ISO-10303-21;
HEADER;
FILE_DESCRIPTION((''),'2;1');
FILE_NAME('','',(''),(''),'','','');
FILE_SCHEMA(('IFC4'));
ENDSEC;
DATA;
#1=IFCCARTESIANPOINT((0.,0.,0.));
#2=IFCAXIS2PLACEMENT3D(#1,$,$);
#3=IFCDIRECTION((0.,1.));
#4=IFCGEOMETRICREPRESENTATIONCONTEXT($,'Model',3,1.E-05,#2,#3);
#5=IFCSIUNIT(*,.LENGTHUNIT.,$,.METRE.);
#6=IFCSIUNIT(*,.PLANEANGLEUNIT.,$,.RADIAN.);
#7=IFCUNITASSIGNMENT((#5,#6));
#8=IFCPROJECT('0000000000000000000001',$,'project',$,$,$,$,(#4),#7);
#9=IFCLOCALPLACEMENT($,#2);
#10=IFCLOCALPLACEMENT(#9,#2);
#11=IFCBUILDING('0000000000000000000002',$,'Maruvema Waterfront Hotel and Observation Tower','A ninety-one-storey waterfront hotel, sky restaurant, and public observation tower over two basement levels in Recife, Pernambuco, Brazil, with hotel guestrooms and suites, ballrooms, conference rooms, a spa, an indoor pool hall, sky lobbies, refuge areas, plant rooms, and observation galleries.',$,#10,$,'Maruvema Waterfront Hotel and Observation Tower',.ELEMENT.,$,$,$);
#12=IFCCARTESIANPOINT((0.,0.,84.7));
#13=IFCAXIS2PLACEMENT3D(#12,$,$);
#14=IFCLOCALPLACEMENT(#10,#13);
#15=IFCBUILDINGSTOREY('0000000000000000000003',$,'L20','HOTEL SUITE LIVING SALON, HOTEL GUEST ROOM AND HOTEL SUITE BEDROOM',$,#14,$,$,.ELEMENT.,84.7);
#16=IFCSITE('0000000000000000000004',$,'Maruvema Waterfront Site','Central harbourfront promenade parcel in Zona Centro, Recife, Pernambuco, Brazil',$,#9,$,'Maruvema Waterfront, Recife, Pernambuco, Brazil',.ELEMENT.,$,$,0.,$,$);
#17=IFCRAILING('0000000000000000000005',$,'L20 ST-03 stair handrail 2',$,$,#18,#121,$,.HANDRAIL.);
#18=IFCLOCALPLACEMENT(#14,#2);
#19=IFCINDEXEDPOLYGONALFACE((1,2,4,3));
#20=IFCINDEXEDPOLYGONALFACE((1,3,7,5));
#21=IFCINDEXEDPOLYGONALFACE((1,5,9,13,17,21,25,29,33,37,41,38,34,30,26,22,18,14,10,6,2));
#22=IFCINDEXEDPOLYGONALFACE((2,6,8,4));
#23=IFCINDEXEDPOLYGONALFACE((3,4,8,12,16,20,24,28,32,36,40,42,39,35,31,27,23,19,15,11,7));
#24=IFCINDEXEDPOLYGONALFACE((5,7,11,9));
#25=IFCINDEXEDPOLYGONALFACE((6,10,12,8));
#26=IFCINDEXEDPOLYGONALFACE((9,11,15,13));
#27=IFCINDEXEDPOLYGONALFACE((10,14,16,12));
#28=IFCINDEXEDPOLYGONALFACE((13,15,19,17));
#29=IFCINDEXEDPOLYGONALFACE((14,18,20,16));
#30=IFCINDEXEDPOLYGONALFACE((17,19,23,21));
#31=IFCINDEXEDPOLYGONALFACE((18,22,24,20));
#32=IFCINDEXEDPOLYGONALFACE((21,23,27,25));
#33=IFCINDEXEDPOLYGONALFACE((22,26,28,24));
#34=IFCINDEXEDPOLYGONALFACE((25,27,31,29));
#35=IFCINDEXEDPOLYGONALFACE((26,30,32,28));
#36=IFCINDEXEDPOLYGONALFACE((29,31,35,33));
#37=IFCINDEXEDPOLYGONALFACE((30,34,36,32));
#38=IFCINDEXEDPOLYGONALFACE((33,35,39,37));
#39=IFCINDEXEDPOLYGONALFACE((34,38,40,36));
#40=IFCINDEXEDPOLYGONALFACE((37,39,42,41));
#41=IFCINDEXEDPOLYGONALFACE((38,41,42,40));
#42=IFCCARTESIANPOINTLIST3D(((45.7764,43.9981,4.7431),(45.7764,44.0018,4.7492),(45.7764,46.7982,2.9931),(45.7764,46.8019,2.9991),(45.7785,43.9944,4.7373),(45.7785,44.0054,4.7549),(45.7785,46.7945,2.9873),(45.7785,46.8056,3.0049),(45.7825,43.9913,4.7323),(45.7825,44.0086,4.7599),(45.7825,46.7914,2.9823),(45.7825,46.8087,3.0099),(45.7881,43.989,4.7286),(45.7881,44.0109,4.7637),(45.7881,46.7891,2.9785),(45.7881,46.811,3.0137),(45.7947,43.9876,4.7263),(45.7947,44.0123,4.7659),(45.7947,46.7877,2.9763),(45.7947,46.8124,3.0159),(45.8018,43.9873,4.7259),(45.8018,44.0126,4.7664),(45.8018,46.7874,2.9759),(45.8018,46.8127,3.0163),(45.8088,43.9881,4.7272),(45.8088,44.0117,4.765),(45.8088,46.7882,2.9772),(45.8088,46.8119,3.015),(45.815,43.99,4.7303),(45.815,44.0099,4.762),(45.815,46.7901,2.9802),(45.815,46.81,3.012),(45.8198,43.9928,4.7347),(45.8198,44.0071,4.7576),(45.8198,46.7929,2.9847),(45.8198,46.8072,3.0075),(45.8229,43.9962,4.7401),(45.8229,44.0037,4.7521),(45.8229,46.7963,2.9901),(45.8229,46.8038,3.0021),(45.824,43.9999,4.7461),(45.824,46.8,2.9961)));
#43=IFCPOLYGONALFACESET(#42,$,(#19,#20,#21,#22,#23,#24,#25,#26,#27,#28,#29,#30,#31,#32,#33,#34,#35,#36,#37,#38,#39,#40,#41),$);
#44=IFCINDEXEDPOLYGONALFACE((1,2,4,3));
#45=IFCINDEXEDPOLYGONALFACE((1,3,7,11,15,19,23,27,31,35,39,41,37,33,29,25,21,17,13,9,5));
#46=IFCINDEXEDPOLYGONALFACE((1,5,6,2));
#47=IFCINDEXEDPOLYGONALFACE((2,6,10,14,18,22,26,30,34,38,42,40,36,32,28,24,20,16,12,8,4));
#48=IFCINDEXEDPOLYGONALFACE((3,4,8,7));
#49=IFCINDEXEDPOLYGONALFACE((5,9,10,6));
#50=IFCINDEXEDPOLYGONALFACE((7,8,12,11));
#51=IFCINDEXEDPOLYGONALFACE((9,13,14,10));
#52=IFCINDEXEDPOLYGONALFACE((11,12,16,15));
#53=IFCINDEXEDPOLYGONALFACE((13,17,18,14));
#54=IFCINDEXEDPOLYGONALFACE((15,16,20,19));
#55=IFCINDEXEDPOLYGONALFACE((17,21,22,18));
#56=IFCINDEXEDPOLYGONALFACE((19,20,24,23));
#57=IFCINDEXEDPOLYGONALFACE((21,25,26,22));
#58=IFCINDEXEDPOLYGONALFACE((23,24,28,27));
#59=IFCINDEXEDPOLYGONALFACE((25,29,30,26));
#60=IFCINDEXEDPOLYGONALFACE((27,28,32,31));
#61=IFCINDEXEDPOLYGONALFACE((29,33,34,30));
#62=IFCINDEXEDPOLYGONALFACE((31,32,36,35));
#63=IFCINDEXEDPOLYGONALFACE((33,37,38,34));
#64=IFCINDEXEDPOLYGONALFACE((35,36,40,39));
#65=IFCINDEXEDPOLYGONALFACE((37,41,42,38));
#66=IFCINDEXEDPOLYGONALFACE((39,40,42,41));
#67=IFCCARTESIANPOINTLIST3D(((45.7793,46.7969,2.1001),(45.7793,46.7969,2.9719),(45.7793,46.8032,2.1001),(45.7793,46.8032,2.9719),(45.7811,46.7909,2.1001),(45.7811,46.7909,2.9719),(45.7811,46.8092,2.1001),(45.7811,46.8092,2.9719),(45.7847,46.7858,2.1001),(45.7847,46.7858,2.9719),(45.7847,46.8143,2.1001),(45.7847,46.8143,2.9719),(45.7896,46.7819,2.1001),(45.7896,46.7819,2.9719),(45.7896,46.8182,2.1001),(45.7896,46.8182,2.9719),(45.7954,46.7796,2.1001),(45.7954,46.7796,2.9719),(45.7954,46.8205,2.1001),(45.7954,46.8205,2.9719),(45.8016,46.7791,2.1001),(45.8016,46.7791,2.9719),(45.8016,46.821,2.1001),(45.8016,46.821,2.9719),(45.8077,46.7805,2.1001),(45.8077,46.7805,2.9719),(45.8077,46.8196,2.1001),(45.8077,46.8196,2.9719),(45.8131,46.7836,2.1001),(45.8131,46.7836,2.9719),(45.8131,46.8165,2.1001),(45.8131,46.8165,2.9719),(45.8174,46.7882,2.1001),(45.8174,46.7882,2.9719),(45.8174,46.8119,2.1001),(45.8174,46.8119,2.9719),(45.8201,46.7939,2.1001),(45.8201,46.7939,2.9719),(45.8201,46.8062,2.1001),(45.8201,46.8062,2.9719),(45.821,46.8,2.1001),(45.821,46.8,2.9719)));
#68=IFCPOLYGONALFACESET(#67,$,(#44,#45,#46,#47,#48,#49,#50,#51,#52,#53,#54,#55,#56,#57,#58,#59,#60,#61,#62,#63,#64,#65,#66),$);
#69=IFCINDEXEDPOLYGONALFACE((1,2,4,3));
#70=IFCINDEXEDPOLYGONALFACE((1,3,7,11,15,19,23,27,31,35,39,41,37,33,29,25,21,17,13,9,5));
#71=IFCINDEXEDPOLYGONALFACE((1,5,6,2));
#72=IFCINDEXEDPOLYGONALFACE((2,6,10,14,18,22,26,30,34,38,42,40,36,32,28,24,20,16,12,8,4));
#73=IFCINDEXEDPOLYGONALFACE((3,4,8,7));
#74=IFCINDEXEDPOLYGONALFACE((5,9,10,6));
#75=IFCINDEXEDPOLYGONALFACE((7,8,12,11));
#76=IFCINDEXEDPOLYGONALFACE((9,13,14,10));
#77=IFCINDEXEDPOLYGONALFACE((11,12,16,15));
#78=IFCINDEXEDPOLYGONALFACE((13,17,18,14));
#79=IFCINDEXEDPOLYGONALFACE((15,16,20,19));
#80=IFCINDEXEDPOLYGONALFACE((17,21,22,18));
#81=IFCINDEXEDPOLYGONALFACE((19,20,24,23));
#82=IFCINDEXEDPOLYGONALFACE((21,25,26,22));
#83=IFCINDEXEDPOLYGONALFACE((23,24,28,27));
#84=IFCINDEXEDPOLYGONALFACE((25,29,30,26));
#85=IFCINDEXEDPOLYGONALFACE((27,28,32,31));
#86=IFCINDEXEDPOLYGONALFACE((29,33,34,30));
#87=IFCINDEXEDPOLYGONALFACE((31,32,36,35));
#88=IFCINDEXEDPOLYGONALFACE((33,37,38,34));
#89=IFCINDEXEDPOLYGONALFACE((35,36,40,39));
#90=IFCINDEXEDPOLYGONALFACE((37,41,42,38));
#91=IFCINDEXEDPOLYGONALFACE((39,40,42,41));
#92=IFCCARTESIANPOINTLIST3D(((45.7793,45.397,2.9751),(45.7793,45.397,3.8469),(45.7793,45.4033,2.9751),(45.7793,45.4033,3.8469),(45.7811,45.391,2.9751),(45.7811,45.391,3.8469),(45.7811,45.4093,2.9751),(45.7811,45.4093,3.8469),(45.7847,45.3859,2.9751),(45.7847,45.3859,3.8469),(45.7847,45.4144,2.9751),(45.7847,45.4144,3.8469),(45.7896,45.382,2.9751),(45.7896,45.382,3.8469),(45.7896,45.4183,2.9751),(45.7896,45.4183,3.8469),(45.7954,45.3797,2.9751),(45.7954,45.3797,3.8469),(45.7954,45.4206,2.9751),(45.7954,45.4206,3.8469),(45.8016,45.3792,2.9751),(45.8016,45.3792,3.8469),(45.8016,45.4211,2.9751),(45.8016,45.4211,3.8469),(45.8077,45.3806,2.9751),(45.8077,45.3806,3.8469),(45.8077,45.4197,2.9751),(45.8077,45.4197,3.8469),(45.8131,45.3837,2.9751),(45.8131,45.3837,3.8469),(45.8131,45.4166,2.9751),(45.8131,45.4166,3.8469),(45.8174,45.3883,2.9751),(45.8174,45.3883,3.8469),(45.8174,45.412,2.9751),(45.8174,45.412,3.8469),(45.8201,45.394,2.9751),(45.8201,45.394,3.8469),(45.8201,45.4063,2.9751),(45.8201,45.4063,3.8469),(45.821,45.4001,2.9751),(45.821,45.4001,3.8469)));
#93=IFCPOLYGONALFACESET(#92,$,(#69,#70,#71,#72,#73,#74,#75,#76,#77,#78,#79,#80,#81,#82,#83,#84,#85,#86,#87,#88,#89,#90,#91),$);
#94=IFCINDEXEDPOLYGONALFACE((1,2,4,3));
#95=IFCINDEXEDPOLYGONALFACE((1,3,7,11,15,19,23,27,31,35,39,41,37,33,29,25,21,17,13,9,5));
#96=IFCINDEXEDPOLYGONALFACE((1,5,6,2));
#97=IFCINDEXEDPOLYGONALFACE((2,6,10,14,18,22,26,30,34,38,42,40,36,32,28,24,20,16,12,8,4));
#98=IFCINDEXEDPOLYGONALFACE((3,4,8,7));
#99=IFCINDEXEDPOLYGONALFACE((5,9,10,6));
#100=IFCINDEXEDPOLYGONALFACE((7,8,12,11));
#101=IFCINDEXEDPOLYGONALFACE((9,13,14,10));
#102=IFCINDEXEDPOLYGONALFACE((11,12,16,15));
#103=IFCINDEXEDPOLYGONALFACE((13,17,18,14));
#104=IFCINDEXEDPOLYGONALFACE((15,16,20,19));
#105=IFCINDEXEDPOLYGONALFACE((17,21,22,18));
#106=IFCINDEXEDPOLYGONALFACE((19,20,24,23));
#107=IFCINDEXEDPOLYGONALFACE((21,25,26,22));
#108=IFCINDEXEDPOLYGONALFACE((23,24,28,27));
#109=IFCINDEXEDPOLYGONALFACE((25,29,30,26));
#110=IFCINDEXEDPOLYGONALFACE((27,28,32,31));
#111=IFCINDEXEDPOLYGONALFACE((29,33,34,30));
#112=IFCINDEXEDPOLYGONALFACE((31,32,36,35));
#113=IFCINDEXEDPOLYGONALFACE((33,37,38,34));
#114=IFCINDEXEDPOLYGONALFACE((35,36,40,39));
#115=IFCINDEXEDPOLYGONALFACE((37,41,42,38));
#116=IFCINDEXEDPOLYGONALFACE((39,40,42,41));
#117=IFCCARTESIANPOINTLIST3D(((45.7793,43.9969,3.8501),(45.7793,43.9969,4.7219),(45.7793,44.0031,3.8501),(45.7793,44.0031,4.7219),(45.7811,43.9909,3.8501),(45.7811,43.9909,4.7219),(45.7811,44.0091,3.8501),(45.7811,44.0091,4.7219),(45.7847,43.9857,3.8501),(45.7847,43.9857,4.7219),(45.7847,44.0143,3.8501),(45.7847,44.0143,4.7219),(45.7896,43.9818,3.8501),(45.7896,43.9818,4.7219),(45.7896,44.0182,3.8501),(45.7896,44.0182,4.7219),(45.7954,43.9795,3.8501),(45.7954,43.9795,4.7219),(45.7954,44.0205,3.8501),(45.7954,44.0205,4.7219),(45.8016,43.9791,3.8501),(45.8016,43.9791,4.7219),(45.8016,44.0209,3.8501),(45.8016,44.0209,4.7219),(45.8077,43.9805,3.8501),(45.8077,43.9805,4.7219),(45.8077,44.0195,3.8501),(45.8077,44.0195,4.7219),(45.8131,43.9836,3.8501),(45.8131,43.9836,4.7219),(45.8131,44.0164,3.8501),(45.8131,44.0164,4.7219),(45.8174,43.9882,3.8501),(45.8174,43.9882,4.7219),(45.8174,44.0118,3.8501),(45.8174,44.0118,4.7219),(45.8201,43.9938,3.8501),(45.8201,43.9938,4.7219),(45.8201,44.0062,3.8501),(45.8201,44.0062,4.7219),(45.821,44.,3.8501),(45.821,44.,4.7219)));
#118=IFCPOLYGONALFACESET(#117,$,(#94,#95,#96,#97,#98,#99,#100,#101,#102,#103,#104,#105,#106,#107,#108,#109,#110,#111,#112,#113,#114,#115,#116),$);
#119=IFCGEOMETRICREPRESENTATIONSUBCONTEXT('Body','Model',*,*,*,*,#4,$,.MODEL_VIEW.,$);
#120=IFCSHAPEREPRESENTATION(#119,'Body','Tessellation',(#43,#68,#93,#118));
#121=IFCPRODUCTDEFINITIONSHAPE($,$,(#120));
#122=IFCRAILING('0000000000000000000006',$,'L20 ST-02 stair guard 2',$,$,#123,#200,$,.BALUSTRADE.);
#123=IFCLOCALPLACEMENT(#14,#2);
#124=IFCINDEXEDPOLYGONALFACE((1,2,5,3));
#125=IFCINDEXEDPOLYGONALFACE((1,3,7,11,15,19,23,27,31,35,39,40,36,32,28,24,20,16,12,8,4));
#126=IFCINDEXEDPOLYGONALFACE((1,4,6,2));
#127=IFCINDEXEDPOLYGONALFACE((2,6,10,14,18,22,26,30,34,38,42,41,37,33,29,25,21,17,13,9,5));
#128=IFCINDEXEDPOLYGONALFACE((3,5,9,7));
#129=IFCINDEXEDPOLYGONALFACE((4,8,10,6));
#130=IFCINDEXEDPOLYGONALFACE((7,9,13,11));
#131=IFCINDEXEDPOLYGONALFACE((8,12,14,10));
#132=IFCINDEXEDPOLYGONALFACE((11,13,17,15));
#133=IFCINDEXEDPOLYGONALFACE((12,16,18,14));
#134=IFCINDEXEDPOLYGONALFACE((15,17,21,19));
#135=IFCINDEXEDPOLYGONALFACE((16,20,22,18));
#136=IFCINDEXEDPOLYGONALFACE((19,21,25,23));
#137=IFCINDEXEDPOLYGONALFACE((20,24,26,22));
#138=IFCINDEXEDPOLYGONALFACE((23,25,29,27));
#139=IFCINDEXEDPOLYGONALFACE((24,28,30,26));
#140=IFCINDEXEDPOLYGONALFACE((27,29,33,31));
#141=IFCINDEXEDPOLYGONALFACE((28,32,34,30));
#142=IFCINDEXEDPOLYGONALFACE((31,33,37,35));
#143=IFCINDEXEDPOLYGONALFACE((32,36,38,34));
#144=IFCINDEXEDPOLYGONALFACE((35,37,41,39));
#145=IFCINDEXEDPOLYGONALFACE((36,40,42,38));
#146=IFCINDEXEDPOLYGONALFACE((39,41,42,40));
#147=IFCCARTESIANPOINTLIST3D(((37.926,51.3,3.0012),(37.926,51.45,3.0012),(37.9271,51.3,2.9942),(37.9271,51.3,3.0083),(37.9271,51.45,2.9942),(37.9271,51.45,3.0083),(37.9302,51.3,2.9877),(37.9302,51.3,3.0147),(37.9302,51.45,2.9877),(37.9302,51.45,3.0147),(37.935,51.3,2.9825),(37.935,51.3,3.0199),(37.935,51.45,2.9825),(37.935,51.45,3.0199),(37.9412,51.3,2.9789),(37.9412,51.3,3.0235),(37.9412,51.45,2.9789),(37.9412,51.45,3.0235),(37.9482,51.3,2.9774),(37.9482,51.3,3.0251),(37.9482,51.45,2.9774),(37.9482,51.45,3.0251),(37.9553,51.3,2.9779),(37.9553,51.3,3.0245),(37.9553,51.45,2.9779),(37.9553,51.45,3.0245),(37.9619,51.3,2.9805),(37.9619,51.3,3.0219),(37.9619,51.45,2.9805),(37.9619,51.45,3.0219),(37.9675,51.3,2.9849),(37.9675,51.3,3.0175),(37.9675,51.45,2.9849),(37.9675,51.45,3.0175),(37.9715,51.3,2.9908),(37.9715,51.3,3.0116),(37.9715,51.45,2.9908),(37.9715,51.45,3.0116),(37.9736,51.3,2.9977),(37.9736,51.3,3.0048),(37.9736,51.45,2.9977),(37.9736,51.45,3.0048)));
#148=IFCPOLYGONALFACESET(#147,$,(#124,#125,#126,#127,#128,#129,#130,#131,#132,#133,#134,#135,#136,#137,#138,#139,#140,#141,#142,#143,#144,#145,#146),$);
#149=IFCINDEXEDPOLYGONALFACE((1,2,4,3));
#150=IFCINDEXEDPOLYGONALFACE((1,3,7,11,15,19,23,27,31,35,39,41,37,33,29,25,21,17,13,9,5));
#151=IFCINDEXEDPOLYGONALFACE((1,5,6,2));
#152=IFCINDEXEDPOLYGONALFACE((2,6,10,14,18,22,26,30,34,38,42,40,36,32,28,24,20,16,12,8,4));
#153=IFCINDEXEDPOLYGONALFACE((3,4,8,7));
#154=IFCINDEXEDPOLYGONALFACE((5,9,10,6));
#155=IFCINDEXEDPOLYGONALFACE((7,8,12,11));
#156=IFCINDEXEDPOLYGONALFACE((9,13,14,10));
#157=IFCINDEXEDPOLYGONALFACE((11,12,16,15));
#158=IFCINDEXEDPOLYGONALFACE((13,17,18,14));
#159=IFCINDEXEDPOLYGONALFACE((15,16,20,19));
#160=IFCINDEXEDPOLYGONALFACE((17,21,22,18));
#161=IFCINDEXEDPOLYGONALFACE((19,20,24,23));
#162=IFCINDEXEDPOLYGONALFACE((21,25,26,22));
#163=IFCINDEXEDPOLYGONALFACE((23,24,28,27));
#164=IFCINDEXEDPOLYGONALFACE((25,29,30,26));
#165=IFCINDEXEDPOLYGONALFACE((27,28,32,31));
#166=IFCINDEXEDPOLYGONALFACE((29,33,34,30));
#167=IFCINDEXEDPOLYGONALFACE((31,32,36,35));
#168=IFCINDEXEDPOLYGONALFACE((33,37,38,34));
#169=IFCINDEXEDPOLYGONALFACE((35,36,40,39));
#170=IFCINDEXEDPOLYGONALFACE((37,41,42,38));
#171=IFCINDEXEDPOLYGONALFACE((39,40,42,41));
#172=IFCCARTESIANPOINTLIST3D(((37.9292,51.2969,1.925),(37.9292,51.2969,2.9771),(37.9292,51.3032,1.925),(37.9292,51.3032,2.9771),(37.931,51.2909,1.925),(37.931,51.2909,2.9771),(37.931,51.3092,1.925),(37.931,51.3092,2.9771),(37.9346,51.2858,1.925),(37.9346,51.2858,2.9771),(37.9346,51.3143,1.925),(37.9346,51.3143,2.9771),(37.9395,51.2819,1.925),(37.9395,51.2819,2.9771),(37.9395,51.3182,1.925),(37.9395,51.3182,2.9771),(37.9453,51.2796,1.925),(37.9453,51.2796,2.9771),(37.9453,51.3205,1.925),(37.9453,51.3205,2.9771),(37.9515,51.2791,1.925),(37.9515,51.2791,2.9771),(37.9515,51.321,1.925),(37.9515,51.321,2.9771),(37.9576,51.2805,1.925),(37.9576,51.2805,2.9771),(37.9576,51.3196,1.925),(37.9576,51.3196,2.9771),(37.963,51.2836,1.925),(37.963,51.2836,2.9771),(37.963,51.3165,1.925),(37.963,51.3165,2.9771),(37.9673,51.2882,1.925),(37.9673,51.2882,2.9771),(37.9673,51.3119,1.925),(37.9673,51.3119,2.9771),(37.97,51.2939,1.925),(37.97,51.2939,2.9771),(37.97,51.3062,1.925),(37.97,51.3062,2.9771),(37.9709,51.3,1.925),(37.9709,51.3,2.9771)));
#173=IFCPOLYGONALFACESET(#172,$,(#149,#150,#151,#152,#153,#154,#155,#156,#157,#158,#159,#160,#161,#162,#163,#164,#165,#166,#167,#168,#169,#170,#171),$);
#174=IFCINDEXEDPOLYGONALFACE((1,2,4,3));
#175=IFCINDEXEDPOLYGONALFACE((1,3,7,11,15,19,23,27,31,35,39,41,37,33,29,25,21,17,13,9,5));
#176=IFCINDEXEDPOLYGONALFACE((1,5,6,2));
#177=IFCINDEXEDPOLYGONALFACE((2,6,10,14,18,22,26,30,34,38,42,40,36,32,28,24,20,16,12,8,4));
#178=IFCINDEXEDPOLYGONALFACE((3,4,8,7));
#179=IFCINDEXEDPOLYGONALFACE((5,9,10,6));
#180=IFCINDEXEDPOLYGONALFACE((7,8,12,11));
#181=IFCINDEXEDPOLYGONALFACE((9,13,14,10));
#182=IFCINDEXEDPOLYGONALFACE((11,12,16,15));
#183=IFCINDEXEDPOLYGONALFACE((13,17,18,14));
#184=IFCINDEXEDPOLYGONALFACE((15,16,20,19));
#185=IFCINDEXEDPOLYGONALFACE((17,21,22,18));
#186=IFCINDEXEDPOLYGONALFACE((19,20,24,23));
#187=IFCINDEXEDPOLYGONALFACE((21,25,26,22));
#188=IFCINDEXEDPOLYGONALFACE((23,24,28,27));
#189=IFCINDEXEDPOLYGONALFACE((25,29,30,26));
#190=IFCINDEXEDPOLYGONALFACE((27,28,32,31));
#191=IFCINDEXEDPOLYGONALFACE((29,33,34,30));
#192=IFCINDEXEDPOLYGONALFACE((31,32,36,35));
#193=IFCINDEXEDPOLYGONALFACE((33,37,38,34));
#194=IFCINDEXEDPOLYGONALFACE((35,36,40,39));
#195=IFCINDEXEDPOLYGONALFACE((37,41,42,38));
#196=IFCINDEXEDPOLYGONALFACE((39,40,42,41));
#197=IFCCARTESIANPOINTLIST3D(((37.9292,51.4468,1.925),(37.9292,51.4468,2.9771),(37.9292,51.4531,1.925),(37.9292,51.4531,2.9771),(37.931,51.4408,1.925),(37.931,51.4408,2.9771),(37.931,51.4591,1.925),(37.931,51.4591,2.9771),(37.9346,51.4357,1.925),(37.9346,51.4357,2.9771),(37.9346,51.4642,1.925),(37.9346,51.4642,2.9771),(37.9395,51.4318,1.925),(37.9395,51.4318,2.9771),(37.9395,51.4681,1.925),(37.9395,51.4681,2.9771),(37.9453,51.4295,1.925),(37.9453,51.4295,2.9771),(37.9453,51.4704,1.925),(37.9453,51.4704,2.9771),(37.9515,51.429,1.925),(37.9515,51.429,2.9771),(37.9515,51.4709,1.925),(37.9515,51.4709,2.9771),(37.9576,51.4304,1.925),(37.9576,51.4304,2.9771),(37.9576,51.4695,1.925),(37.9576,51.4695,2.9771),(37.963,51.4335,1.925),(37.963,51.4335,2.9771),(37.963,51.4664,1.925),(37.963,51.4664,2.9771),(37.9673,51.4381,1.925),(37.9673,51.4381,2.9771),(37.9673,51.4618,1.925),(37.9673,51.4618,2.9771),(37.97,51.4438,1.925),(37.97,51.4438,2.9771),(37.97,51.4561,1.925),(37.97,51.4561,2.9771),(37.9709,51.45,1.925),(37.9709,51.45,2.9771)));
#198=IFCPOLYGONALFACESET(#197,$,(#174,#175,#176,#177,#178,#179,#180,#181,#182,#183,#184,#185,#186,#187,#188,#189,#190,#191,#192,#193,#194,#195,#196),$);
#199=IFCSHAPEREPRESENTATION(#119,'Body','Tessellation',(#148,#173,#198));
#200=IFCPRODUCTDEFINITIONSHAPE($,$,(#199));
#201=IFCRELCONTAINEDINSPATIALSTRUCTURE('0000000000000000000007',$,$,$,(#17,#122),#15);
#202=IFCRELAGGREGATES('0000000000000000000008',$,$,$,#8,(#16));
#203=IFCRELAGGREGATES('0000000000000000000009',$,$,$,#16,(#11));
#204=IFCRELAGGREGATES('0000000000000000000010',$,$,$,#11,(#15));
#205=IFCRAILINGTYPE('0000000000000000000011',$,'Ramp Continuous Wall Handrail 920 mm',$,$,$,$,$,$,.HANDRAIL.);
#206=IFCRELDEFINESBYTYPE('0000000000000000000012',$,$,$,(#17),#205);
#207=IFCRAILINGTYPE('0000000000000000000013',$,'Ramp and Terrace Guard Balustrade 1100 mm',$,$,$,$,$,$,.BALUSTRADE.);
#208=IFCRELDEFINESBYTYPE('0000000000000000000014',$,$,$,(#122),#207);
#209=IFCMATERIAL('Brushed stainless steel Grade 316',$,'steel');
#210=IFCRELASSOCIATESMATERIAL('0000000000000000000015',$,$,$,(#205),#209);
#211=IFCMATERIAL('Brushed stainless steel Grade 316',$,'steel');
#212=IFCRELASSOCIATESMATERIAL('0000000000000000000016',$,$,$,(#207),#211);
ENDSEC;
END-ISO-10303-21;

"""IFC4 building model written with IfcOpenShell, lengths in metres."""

from ifc_helpers import new_model, si_unit, direction, frame, origin, origin_2d, place, context, subcontext, project, spatial, circle, extrude, material, type_object, element, save


model = new_model("IFC4")

# Units and contexts
model_context = context("Model", 3, precision=1e-05, world=origin(), true_north=direction((0.0, 1.0)))
body_context = subcontext(model_context, "Body", "Model", "MODEL_VIEW")
ifc_project = project(units=[si_unit("LENGTHUNIT", "METRE"), si_unit("PLANEANGLEUNIT", "RADIAN")], contexts=[model_context])

# Site, building, storey
site_placement = place(None, origin())
site = spatial("IfcSite", under=ifc_project, at=site_placement, Name="Maruvema Waterfront Site", Description="Central harbourfront promenade parcel in Zona Centro, Recife, Pernambuco, Brazil", LongName="Maruvema Waterfront, Recife, Pernambuco, Brazil", CompositionType="ELEMENT", RefElevation=0.0)
building_placement = place(site_placement, origin())
building = spatial("IfcBuilding", under=site, at=building_placement, Name="Maruvema Waterfront Hotel and Observation Tower", Description="A ninety-one-storey waterfront hotel, sky restaurant, and public observation tower over two basement levels in Recife, Pernambuco, Brazil, with hotel guestrooms and suites, ballrooms, conference rooms, a spa, an indoor pool hall, sky lobbies, refuge areas, plant rooms, and observation galleries.", LongName="Maruvema Waterfront Hotel and Observation Tower", CompositionType="ELEMENT")
storey_placement = place(building_placement, frame((0.0, 0.0, 84.7)))
storey = spatial("IfcBuildingStorey", under=building, at=storey_placement, Name="L20", Description="HOTEL SUITE LIVING SALON, HOTEL GUEST ROOM AND HOTEL SUITE BEDROOM", CompositionType="ELEMENT", Elevation=84.7)

# Railings
ifc_material_1 = material(Name="Brushed stainless steel Grade 316", Category="steel")
railing_type_1 = type_object("IfcRailingType", Name="Ramp Continuous Wall Handrail 920 mm", PredefinedType="HANDRAIL", material=ifc_material_1)
railing_1_placement = place(storey_placement, frame((45.8, 46.8, 2.1001)))
element("IfcRailing", 1, at=railing_1_placement, inside=storey, type_object=railing_type_1, Name="L20 ST-03 stair handrail 2", PredefinedType="HANDRAIL", context=body_context, shape_type="SweptSolid", body=[
    extrude(circle(Radius=0.0239, at=origin_2d()), frame((0.0, 0.0, 0.896), z_axis=(0.0, -0.848002, 0.529992), x_axis=(1.0, 0.0, 0.0)), (0.0, 0.0, 1.0), 3.302),
    extrude(circle(Radius=0.021, at=origin_2d()), origin(), (0.0, 0.0, 1.0), 0.8718),
    extrude(circle(Radius=0.021, at=origin_2d()), frame((0.0, -1.3999, 0.875)), (0.0, 0.0, 1.0), 0.8718),
    extrude(circle(Radius=0.021, at=origin_2d()), frame((0.0, -2.8, 1.75)), (0.0, 0.0, 1.0), 0.8718),
])
ifc_material_2 = material(Name="Brushed stainless steel Grade 316", Category="steel")
railing_type_2 = type_object("IfcRailingType", Name="Ramp and Terrace Guard Balustrade 1100 mm", PredefinedType="BALUSTRADE", material=ifc_material_2)
railing_2_placement = place(storey_placement, frame((37.95, 51.3, 1.925)))
element("IfcRailing", 2, at=railing_2_placement, inside=storey, type_object=railing_type_2, Name="L20 ST-02 stair guard 2", PredefinedType="BALUSTRADE", context=body_context, shape_type="SweptSolid", body=[
    extrude(circle(Radius=0.0239, at=origin_2d()), frame((0.0, 0.0, 1.0762), z_axis=(0.0, 1.0, 0.0), x_axis=(-1.0, 0.0, 0.0)), (0.0, 0.0, 1.0), 0.1499),
    extrude(circle(Radius=0.021, at=origin_2d()), origin(), (0.0, 0.0, 1.0), 1.052),
    extrude(circle(Radius=0.021, at=origin_2d()), frame((0.0, 0.1499, 0.0)), (0.0, 0.0, 1.0), 1.052),
])

save(model, "model.ifc")
